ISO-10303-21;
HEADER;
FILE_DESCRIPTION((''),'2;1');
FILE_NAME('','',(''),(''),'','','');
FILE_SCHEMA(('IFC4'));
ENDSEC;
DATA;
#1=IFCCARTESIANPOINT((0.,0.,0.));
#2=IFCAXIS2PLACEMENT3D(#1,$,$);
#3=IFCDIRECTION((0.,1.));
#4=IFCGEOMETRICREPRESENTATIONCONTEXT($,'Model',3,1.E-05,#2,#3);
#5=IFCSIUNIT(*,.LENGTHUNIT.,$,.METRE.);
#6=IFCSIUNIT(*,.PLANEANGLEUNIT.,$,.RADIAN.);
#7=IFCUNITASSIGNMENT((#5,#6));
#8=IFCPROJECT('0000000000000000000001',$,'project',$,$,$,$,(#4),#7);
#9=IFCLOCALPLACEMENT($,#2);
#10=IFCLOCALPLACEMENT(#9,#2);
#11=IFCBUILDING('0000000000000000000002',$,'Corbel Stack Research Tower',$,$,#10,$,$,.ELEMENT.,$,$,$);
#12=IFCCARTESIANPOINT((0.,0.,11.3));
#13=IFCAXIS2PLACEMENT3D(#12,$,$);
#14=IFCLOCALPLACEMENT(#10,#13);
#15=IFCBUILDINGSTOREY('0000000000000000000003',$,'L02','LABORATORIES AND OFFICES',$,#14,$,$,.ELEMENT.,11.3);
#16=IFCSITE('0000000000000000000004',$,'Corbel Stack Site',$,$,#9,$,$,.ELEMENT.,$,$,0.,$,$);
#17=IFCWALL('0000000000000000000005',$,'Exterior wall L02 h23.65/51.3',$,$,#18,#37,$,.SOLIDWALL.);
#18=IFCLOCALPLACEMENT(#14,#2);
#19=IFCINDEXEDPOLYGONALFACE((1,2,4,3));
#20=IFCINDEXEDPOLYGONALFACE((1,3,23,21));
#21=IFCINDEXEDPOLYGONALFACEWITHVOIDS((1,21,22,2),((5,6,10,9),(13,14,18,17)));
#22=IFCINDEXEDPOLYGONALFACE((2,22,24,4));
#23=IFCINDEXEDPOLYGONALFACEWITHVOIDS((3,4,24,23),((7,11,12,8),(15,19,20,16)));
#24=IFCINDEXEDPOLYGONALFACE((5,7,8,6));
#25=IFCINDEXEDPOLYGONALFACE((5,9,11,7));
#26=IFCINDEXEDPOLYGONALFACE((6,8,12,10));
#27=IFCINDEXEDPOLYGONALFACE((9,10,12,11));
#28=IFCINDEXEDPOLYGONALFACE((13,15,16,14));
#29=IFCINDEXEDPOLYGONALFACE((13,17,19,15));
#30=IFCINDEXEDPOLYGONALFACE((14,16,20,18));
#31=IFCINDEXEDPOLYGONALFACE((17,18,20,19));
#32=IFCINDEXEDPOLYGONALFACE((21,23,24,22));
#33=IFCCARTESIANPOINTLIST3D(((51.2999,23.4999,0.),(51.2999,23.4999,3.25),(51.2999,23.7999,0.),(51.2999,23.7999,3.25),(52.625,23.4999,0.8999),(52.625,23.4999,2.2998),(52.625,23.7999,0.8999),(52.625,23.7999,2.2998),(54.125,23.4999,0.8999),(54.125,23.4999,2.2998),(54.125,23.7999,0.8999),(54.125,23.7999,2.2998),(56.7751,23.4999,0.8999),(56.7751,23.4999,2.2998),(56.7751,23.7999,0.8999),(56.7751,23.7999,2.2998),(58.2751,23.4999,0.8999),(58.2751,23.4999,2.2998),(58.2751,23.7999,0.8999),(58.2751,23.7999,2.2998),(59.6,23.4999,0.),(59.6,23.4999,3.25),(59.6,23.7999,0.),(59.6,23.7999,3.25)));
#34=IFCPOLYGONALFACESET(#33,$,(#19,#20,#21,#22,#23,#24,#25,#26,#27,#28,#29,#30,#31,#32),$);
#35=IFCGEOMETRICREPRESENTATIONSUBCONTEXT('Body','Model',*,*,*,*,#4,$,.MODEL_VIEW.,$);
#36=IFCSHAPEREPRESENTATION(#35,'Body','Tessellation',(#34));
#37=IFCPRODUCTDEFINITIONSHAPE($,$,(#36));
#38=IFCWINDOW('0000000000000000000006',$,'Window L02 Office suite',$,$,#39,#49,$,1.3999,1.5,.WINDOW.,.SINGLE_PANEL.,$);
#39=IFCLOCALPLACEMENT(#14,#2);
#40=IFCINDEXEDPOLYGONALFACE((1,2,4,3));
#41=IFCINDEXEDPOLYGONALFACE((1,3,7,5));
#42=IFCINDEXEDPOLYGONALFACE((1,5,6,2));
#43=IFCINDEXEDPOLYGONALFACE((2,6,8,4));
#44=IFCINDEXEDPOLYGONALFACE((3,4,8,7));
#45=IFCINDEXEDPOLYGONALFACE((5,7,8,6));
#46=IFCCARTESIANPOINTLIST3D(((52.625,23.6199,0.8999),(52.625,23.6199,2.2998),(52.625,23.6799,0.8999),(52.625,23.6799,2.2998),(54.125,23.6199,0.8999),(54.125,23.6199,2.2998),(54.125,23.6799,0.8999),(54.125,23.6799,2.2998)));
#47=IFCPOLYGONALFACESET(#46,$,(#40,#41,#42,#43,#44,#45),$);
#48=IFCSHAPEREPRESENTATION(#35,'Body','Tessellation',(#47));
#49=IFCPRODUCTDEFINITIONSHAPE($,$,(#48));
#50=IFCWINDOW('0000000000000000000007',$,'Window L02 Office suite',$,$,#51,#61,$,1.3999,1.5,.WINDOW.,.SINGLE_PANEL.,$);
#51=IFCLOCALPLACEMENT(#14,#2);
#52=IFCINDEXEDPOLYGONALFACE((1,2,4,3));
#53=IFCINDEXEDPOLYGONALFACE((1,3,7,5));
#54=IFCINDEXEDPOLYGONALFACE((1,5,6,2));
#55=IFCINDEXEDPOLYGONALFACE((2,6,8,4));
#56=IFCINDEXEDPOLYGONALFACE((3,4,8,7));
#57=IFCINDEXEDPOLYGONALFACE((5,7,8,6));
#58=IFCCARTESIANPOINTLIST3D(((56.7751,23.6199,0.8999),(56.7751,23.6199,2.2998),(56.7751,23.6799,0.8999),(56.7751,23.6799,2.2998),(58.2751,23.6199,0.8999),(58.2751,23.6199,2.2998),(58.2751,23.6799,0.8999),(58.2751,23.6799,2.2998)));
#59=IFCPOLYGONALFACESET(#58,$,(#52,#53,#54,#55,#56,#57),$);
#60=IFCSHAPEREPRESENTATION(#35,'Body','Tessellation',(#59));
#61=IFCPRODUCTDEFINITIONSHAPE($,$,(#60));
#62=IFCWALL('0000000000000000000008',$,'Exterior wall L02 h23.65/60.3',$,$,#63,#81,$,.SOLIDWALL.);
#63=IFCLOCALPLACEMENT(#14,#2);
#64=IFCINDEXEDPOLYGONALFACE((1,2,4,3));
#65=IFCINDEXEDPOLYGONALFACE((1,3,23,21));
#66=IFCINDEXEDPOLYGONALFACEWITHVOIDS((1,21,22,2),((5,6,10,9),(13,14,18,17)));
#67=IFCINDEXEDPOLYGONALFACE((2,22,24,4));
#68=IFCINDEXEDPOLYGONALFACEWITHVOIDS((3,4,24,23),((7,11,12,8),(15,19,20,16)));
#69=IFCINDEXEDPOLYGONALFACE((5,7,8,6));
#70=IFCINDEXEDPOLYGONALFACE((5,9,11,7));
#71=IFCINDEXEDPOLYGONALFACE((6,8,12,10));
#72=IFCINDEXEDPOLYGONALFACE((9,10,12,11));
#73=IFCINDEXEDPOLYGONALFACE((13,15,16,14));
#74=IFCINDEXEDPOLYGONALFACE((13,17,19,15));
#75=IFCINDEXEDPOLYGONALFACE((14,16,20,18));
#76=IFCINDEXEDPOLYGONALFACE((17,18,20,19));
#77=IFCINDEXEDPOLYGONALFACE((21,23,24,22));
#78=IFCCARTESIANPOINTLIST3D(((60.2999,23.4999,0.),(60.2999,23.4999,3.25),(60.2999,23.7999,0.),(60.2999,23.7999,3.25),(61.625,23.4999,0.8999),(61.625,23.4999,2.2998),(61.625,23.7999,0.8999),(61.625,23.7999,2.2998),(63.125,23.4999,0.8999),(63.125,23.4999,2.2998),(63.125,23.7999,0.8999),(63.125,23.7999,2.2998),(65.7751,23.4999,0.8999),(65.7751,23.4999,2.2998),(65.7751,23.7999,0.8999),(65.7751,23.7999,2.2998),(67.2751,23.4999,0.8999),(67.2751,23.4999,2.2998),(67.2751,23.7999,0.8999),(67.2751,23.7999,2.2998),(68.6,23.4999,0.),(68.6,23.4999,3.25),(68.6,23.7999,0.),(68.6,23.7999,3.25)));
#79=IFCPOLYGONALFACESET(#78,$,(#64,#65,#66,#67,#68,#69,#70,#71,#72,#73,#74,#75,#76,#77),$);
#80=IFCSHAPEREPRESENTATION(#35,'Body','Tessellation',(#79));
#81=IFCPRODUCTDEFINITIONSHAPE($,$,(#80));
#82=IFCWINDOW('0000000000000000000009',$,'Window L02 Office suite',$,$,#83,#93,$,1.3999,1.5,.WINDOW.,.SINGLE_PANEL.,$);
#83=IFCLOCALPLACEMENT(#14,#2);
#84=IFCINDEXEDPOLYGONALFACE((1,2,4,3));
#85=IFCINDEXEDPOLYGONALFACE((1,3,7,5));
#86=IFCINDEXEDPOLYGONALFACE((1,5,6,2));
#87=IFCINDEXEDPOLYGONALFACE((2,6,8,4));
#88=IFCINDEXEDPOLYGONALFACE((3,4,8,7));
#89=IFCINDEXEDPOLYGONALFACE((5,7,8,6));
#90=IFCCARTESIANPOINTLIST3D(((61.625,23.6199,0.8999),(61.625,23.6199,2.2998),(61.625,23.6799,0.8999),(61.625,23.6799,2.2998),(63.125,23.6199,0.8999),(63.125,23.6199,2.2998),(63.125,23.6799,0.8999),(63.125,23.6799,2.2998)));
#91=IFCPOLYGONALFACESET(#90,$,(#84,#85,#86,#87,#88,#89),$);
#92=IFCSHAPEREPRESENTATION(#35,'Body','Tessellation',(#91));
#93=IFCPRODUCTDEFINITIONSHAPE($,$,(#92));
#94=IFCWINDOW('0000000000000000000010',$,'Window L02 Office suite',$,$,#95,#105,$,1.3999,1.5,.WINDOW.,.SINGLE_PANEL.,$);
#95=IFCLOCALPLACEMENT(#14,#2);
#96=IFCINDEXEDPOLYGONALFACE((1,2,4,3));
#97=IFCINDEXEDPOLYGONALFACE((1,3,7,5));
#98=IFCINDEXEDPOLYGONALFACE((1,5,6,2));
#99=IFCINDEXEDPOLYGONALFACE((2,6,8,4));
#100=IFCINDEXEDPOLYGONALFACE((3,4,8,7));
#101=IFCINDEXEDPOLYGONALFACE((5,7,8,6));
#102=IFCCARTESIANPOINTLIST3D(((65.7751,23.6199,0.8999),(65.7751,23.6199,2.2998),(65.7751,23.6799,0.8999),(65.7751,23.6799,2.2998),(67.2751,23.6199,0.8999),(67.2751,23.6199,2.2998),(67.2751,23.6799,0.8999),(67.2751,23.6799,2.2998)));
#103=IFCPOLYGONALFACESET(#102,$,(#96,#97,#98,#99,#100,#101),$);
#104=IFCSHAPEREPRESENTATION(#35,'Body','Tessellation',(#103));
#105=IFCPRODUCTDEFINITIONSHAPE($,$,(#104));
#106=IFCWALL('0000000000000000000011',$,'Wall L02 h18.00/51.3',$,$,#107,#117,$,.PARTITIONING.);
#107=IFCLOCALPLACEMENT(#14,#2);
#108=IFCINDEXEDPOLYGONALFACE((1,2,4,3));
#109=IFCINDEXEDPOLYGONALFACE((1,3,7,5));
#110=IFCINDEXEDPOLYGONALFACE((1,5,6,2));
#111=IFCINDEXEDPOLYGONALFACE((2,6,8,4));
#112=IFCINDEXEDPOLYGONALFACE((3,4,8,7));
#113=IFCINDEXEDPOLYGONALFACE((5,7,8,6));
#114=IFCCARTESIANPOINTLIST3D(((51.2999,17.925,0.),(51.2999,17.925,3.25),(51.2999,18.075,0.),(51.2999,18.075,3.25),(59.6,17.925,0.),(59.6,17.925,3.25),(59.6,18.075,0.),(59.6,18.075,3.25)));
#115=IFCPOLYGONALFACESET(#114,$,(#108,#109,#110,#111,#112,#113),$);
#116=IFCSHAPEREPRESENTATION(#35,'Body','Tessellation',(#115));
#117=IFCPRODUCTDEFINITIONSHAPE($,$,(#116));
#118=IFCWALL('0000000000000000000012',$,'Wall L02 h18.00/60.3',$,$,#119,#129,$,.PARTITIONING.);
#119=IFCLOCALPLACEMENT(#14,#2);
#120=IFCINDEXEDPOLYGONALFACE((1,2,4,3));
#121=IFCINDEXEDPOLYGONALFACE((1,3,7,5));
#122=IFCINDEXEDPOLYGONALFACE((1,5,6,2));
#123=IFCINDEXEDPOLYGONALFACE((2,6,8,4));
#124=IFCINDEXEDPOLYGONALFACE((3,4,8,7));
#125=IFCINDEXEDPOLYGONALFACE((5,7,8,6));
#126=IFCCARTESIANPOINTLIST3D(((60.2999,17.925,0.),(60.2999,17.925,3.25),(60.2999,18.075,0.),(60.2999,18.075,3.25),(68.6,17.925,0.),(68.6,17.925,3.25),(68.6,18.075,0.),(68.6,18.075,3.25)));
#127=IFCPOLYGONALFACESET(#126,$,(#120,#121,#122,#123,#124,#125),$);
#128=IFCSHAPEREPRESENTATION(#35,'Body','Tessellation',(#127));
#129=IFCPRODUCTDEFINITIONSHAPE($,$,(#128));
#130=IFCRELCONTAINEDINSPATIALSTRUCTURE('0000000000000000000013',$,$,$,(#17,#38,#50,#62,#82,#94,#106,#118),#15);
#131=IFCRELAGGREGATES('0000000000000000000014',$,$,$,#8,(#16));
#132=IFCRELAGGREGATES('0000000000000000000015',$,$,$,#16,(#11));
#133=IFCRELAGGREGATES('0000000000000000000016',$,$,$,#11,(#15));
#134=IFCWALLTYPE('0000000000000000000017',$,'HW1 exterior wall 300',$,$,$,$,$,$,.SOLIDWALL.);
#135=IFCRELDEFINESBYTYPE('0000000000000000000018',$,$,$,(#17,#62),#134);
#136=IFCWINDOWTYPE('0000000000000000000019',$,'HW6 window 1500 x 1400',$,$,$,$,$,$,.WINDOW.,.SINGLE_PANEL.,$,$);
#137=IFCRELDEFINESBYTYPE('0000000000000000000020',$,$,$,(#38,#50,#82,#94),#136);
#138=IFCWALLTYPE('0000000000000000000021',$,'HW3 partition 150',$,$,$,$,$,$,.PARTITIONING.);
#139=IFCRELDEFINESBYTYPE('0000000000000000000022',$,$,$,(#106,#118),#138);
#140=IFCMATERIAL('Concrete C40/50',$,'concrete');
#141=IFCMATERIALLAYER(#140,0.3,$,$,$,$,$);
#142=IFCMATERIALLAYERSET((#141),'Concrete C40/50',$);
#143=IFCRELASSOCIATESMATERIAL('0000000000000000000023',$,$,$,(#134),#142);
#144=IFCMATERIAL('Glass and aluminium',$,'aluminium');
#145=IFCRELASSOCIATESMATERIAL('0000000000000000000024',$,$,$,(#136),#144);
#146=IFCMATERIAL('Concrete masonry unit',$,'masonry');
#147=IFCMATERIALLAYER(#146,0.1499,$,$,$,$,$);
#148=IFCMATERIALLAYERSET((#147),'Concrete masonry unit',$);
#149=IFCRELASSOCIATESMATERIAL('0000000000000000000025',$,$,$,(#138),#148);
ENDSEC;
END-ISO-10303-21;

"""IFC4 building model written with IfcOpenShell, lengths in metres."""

from ifc_helpers import new_model, si_unit, direction, frame, frame_2d, origin, place, context, subcontext, project, spatial, rectangle, extrude, material, layer, layer_set, type_object, element, fill, save


model = new_model("IFC4")

# Units and contexts
model_context = context("Model", 3, precision=1e-05, world=origin(), true_north=direction((0.0, 1.0)))
body_context = subcontext(model_context, "Body", "Model", "MODEL_VIEW")
ifc_project = project(units=[si_unit("LENGTHUNIT", "METRE"), si_unit("PLANEANGLEUNIT", "RADIAN")], contexts=[model_context])

# Site, building, storey
site_placement = place(None, origin())
site = spatial("IfcSite", under=ifc_project, at=site_placement, Name="Corbel Stack Site", CompositionType="ELEMENT", RefElevation=0.0)
building_placement = place(site_placement, origin())
building = spatial("IfcBuilding", under=site, at=building_placement, Name="Corbel Stack Research Tower", CompositionType="ELEMENT")
storey_placement = place(building_placement, frame((0.0, 0.0, 11.3)))
storey = spatial("IfcBuildingStorey", under=building, at=storey_placement, Name="L02", Description="LABORATORIES AND OFFICES", CompositionType="ELEMENT", Elevation=11.3)

# Walls, openings, windows
ifc_material_1 = material(Name="Concrete C40/50", Category="concrete")
ifc_layer_1 = layer(ifc_material_1, 0.3)
ifc_layer_set_1 = layer_set([ifc_layer_1], Name="Concrete C40/50")
wall_type_1 = type_object("IfcWallType", Name="HW1 exterior wall 300", PredefinedType="SOLIDWALL", material=ifc_layer_set_1)
wall_1_placement = place(storey_placement, frame((51.3, 23.6499, 0.0), z_axis=(0.0, 0.0, 1.0), x_axis=(1.0, 0.0, 0.0)))
wall_1 = element("IfcWall", 1, at=wall_1_placement, inside=storey, type_object=wall_type_1, Name="Exterior wall L02 h23.65/51.3", PredefinedType="SOLIDWALL", context=body_context, shape_type="SweptSolid", body=[
    extrude(rectangle(XDim=8.3, YDim=0.3, at=frame_2d((4.1499, 0.0))), origin(), (0.0, 0.0, 1.0), 3.25),
])
opening_1_placement = place(wall_1_placement, frame((1.325, 0.0, 0.8999)))
opening_1 = element("IfcOpeningElement", 2, at=opening_1_placement, cuts=wall_1, PredefinedType="OPENING", context=body_context, shape_type="SweptSolid", body=[
    extrude(rectangle(XDim=1.5, YDim=1.3999, at=frame_2d((0.75, 0.7))), frame((0.0, 0.1599, 0.0), z_axis=(0.0, -1.0, 0.0), x_axis=(1.0, 0.0, 0.0)), (0.0, 0.0, 1.0), 0.3201),
])
opening_2_placement = place(wall_1_placement, frame((5.4751, 0.0, 0.8999)))
opening_2 = element("IfcOpeningElement", 3, at=opening_2_placement, cuts=wall_1, PredefinedType="OPENING", context=body_context, shape_type="SweptSolid", body=[
    extrude(rectangle(XDim=1.5, YDim=1.3999, at=frame_2d((0.75, 0.7))), frame((0.0, 0.1599, 0.0), z_axis=(0.0, -1.0, 0.0), x_axis=(1.0, 0.0, 0.0)), (0.0, 0.0, 1.0), 0.3201),
])
ifc_material_2 = material(Name="Glass and aluminium", Category="aluminium")
window_type = type_object("IfcWindowType", Name="HW6 window 1500 x 1400", PartitioningType="SINGLE_PANEL", PredefinedType="WINDOW", material=ifc_material_2)
window_1_placement = place(opening_1_placement, origin())
window_1 = element("IfcWindow", 4, at=window_1_placement, inside=storey, type_object=window_type, Name="Window L02 Office suite", OverallHeight=1.3999, OverallWidth=1.5, PartitioningType="SINGLE_PANEL", PredefinedType="WINDOW", context=body_context, shape_type="SweptSolid", body=[
    extrude(rectangle(XDim=1.5, YDim=1.3999, at=frame_2d((0.75, 0.7))), frame((0.0, 0.03, 0.0), z_axis=(0.0, -1.0, 0.0), x_axis=(1.0, 0.0, 0.0)), (0.0, 0.0, 1.0), 0.0601),
])
fill(opening_1, window_1)
window_2_placement = place(opening_2_placement, origin())
window_2 = element("IfcWindow", 5, at=window_2_placement, inside=storey, type_object=window_type, Name="Window L02 Office suite", OverallHeight=1.3999, OverallWidth=1.5, PartitioningType="SINGLE_PANEL", PredefinedType="WINDOW", context=body_context, shape_type="SweptSolid", body=[
    extrude(rectangle(XDim=1.5, YDim=1.3999, at=frame_2d((0.75, 0.7))), frame((0.0, 0.03, 0.0), z_axis=(0.0, -1.0, 0.0), x_axis=(1.0, 0.0, 0.0)), (0.0, 0.0, 1.0), 0.0601),
])
fill(opening_2, window_2)
wall_2_placement = place(storey_placement, frame((60.3, 23.6499, 0.0), z_axis=(0.0, 0.0, 1.0), x_axis=(1.0, 0.0, 0.0)))
wall_2 = element("IfcWall", 6, at=wall_2_placement, inside=storey, type_object=wall_type_1, Name="Exterior wall L02 h23.65/60.3", PredefinedType="SOLIDWALL", context=body_context, shape_type="SweptSolid", body=[
    extrude(rectangle(XDim=8.3, YDim=0.3, at=frame_2d((4.1499, 0.0))), origin(), (0.0, 0.0, 1.0), 3.25),
])
opening_3_placement = place(wall_2_placement, frame((1.325, 0.0, 0.8999)))
opening_3 = element("IfcOpeningElement", 7, at=opening_3_placement, cuts=wall_2, PredefinedType="OPENING", context=body_context, shape_type="SweptSolid", body=[
    extrude(rectangle(XDim=1.5, YDim=1.3999, at=frame_2d((0.75, 0.7))), frame((0.0, 0.1599, 0.0), z_axis=(0.0, -1.0, 0.0), x_axis=(1.0, 0.0, 0.0)), (0.0, 0.0, 1.0), 0.3201),
])
opening_4_placement = place(wall_2_placement, frame((5.4751, 0.0, 0.8999)))
opening_4 = element("IfcOpeningElement", 8, at=opening_4_placement, cuts=wall_2, PredefinedType="OPENING", context=body_context, shape_type="SweptSolid", body=[
    extrude(rectangle(XDim=1.5, YDim=1.3999, at=frame_2d((0.75, 0.7))), frame((0.0, 0.1599, 0.0), z_axis=(0.0, -1.0, 0.0), x_axis=(1.0, 0.0, 0.0)), (0.0, 0.0, 1.0), 0.3201),
])
window_3_placement = place(opening_3_placement, origin())
window_3 = element("IfcWindow", 9, at=window_3_placement, inside=storey, type_object=window_type, Name="Window L02 Office suite", OverallHeight=1.3999, OverallWidth=1.5, PartitioningType="SINGLE_PANEL", PredefinedType="WINDOW", context=body_context, shape_type="SweptSolid", body=[
    extrude(rectangle(XDim=1.5, YDim=1.3999, at=frame_2d((0.75, 0.7))), frame((0.0, 0.03, 0.0), z_axis=(0.0, -1.0, 0.0), x_axis=(1.0, 0.0, 0.0)), (0.0, 0.0, 1.0), 0.0601),
])
fill(opening_3, window_3)
window_4_placement = place(opening_4_placement, origin())
window_4 = element("IfcWindow", 10, at=window_4_placement, inside=storey, type_object=window_type, Name="Window L02 Office suite", OverallHeight=1.3999, OverallWidth=1.5, PartitioningType="SINGLE_PANEL", PredefinedType="WINDOW", context=body_context, shape_type="SweptSolid", body=[
    extrude(rectangle(XDim=1.5, YDim=1.3999, at=frame_2d((0.75, 0.7))), frame((0.0, 0.03, 0.0), z_axis=(0.0, -1.0, 0.0), x_axis=(1.0, 0.0, 0.0)), (0.0, 0.0, 1.0), 0.0601),
])
fill(opening_4, window_4)

# Walls
ifc_material_3 = material(Name="Concrete masonry unit", Category="masonry")
ifc_layer_2 = layer(ifc_material_3, 0.1499)
ifc_layer_set_2 = layer_set([ifc_layer_2], Name="Concrete masonry unit")
wall_type_2 = type_object("IfcWallType", Name="HW3 partition 150", PredefinedType="PARTITIONING", material=ifc_layer_set_2)
for number, where, z_axis, x_axis, name in (
    (11, (51.3, 18.0, 0.0), (0.0, 0.0, 1.0), (1.0, 0.0, 0.0), "Wall L02 h18.00/51.3"),
    (12, (60.3, 18.0, 0.0), (0.0, 0.0, 1.0), (1.0, 0.0, 0.0), "Wall L02 h18.00/60.3"),
):
    element("IfcWall", number, at=place(storey_placement, frame(where, z_axis=z_axis, x_axis=x_axis)), inside=storey, type_object=wall_type_2, Name=name, PredefinedType="PARTITIONING", context=body_context, shape_type="SweptSolid", body=[
        extrude(rectangle(XDim=8.3, YDim=0.1499, at=frame_2d((4.1499, 0.0))), origin(), (0.0, 0.0, 1.0), 3.25),
    ])

save(model, "model.ifc")
